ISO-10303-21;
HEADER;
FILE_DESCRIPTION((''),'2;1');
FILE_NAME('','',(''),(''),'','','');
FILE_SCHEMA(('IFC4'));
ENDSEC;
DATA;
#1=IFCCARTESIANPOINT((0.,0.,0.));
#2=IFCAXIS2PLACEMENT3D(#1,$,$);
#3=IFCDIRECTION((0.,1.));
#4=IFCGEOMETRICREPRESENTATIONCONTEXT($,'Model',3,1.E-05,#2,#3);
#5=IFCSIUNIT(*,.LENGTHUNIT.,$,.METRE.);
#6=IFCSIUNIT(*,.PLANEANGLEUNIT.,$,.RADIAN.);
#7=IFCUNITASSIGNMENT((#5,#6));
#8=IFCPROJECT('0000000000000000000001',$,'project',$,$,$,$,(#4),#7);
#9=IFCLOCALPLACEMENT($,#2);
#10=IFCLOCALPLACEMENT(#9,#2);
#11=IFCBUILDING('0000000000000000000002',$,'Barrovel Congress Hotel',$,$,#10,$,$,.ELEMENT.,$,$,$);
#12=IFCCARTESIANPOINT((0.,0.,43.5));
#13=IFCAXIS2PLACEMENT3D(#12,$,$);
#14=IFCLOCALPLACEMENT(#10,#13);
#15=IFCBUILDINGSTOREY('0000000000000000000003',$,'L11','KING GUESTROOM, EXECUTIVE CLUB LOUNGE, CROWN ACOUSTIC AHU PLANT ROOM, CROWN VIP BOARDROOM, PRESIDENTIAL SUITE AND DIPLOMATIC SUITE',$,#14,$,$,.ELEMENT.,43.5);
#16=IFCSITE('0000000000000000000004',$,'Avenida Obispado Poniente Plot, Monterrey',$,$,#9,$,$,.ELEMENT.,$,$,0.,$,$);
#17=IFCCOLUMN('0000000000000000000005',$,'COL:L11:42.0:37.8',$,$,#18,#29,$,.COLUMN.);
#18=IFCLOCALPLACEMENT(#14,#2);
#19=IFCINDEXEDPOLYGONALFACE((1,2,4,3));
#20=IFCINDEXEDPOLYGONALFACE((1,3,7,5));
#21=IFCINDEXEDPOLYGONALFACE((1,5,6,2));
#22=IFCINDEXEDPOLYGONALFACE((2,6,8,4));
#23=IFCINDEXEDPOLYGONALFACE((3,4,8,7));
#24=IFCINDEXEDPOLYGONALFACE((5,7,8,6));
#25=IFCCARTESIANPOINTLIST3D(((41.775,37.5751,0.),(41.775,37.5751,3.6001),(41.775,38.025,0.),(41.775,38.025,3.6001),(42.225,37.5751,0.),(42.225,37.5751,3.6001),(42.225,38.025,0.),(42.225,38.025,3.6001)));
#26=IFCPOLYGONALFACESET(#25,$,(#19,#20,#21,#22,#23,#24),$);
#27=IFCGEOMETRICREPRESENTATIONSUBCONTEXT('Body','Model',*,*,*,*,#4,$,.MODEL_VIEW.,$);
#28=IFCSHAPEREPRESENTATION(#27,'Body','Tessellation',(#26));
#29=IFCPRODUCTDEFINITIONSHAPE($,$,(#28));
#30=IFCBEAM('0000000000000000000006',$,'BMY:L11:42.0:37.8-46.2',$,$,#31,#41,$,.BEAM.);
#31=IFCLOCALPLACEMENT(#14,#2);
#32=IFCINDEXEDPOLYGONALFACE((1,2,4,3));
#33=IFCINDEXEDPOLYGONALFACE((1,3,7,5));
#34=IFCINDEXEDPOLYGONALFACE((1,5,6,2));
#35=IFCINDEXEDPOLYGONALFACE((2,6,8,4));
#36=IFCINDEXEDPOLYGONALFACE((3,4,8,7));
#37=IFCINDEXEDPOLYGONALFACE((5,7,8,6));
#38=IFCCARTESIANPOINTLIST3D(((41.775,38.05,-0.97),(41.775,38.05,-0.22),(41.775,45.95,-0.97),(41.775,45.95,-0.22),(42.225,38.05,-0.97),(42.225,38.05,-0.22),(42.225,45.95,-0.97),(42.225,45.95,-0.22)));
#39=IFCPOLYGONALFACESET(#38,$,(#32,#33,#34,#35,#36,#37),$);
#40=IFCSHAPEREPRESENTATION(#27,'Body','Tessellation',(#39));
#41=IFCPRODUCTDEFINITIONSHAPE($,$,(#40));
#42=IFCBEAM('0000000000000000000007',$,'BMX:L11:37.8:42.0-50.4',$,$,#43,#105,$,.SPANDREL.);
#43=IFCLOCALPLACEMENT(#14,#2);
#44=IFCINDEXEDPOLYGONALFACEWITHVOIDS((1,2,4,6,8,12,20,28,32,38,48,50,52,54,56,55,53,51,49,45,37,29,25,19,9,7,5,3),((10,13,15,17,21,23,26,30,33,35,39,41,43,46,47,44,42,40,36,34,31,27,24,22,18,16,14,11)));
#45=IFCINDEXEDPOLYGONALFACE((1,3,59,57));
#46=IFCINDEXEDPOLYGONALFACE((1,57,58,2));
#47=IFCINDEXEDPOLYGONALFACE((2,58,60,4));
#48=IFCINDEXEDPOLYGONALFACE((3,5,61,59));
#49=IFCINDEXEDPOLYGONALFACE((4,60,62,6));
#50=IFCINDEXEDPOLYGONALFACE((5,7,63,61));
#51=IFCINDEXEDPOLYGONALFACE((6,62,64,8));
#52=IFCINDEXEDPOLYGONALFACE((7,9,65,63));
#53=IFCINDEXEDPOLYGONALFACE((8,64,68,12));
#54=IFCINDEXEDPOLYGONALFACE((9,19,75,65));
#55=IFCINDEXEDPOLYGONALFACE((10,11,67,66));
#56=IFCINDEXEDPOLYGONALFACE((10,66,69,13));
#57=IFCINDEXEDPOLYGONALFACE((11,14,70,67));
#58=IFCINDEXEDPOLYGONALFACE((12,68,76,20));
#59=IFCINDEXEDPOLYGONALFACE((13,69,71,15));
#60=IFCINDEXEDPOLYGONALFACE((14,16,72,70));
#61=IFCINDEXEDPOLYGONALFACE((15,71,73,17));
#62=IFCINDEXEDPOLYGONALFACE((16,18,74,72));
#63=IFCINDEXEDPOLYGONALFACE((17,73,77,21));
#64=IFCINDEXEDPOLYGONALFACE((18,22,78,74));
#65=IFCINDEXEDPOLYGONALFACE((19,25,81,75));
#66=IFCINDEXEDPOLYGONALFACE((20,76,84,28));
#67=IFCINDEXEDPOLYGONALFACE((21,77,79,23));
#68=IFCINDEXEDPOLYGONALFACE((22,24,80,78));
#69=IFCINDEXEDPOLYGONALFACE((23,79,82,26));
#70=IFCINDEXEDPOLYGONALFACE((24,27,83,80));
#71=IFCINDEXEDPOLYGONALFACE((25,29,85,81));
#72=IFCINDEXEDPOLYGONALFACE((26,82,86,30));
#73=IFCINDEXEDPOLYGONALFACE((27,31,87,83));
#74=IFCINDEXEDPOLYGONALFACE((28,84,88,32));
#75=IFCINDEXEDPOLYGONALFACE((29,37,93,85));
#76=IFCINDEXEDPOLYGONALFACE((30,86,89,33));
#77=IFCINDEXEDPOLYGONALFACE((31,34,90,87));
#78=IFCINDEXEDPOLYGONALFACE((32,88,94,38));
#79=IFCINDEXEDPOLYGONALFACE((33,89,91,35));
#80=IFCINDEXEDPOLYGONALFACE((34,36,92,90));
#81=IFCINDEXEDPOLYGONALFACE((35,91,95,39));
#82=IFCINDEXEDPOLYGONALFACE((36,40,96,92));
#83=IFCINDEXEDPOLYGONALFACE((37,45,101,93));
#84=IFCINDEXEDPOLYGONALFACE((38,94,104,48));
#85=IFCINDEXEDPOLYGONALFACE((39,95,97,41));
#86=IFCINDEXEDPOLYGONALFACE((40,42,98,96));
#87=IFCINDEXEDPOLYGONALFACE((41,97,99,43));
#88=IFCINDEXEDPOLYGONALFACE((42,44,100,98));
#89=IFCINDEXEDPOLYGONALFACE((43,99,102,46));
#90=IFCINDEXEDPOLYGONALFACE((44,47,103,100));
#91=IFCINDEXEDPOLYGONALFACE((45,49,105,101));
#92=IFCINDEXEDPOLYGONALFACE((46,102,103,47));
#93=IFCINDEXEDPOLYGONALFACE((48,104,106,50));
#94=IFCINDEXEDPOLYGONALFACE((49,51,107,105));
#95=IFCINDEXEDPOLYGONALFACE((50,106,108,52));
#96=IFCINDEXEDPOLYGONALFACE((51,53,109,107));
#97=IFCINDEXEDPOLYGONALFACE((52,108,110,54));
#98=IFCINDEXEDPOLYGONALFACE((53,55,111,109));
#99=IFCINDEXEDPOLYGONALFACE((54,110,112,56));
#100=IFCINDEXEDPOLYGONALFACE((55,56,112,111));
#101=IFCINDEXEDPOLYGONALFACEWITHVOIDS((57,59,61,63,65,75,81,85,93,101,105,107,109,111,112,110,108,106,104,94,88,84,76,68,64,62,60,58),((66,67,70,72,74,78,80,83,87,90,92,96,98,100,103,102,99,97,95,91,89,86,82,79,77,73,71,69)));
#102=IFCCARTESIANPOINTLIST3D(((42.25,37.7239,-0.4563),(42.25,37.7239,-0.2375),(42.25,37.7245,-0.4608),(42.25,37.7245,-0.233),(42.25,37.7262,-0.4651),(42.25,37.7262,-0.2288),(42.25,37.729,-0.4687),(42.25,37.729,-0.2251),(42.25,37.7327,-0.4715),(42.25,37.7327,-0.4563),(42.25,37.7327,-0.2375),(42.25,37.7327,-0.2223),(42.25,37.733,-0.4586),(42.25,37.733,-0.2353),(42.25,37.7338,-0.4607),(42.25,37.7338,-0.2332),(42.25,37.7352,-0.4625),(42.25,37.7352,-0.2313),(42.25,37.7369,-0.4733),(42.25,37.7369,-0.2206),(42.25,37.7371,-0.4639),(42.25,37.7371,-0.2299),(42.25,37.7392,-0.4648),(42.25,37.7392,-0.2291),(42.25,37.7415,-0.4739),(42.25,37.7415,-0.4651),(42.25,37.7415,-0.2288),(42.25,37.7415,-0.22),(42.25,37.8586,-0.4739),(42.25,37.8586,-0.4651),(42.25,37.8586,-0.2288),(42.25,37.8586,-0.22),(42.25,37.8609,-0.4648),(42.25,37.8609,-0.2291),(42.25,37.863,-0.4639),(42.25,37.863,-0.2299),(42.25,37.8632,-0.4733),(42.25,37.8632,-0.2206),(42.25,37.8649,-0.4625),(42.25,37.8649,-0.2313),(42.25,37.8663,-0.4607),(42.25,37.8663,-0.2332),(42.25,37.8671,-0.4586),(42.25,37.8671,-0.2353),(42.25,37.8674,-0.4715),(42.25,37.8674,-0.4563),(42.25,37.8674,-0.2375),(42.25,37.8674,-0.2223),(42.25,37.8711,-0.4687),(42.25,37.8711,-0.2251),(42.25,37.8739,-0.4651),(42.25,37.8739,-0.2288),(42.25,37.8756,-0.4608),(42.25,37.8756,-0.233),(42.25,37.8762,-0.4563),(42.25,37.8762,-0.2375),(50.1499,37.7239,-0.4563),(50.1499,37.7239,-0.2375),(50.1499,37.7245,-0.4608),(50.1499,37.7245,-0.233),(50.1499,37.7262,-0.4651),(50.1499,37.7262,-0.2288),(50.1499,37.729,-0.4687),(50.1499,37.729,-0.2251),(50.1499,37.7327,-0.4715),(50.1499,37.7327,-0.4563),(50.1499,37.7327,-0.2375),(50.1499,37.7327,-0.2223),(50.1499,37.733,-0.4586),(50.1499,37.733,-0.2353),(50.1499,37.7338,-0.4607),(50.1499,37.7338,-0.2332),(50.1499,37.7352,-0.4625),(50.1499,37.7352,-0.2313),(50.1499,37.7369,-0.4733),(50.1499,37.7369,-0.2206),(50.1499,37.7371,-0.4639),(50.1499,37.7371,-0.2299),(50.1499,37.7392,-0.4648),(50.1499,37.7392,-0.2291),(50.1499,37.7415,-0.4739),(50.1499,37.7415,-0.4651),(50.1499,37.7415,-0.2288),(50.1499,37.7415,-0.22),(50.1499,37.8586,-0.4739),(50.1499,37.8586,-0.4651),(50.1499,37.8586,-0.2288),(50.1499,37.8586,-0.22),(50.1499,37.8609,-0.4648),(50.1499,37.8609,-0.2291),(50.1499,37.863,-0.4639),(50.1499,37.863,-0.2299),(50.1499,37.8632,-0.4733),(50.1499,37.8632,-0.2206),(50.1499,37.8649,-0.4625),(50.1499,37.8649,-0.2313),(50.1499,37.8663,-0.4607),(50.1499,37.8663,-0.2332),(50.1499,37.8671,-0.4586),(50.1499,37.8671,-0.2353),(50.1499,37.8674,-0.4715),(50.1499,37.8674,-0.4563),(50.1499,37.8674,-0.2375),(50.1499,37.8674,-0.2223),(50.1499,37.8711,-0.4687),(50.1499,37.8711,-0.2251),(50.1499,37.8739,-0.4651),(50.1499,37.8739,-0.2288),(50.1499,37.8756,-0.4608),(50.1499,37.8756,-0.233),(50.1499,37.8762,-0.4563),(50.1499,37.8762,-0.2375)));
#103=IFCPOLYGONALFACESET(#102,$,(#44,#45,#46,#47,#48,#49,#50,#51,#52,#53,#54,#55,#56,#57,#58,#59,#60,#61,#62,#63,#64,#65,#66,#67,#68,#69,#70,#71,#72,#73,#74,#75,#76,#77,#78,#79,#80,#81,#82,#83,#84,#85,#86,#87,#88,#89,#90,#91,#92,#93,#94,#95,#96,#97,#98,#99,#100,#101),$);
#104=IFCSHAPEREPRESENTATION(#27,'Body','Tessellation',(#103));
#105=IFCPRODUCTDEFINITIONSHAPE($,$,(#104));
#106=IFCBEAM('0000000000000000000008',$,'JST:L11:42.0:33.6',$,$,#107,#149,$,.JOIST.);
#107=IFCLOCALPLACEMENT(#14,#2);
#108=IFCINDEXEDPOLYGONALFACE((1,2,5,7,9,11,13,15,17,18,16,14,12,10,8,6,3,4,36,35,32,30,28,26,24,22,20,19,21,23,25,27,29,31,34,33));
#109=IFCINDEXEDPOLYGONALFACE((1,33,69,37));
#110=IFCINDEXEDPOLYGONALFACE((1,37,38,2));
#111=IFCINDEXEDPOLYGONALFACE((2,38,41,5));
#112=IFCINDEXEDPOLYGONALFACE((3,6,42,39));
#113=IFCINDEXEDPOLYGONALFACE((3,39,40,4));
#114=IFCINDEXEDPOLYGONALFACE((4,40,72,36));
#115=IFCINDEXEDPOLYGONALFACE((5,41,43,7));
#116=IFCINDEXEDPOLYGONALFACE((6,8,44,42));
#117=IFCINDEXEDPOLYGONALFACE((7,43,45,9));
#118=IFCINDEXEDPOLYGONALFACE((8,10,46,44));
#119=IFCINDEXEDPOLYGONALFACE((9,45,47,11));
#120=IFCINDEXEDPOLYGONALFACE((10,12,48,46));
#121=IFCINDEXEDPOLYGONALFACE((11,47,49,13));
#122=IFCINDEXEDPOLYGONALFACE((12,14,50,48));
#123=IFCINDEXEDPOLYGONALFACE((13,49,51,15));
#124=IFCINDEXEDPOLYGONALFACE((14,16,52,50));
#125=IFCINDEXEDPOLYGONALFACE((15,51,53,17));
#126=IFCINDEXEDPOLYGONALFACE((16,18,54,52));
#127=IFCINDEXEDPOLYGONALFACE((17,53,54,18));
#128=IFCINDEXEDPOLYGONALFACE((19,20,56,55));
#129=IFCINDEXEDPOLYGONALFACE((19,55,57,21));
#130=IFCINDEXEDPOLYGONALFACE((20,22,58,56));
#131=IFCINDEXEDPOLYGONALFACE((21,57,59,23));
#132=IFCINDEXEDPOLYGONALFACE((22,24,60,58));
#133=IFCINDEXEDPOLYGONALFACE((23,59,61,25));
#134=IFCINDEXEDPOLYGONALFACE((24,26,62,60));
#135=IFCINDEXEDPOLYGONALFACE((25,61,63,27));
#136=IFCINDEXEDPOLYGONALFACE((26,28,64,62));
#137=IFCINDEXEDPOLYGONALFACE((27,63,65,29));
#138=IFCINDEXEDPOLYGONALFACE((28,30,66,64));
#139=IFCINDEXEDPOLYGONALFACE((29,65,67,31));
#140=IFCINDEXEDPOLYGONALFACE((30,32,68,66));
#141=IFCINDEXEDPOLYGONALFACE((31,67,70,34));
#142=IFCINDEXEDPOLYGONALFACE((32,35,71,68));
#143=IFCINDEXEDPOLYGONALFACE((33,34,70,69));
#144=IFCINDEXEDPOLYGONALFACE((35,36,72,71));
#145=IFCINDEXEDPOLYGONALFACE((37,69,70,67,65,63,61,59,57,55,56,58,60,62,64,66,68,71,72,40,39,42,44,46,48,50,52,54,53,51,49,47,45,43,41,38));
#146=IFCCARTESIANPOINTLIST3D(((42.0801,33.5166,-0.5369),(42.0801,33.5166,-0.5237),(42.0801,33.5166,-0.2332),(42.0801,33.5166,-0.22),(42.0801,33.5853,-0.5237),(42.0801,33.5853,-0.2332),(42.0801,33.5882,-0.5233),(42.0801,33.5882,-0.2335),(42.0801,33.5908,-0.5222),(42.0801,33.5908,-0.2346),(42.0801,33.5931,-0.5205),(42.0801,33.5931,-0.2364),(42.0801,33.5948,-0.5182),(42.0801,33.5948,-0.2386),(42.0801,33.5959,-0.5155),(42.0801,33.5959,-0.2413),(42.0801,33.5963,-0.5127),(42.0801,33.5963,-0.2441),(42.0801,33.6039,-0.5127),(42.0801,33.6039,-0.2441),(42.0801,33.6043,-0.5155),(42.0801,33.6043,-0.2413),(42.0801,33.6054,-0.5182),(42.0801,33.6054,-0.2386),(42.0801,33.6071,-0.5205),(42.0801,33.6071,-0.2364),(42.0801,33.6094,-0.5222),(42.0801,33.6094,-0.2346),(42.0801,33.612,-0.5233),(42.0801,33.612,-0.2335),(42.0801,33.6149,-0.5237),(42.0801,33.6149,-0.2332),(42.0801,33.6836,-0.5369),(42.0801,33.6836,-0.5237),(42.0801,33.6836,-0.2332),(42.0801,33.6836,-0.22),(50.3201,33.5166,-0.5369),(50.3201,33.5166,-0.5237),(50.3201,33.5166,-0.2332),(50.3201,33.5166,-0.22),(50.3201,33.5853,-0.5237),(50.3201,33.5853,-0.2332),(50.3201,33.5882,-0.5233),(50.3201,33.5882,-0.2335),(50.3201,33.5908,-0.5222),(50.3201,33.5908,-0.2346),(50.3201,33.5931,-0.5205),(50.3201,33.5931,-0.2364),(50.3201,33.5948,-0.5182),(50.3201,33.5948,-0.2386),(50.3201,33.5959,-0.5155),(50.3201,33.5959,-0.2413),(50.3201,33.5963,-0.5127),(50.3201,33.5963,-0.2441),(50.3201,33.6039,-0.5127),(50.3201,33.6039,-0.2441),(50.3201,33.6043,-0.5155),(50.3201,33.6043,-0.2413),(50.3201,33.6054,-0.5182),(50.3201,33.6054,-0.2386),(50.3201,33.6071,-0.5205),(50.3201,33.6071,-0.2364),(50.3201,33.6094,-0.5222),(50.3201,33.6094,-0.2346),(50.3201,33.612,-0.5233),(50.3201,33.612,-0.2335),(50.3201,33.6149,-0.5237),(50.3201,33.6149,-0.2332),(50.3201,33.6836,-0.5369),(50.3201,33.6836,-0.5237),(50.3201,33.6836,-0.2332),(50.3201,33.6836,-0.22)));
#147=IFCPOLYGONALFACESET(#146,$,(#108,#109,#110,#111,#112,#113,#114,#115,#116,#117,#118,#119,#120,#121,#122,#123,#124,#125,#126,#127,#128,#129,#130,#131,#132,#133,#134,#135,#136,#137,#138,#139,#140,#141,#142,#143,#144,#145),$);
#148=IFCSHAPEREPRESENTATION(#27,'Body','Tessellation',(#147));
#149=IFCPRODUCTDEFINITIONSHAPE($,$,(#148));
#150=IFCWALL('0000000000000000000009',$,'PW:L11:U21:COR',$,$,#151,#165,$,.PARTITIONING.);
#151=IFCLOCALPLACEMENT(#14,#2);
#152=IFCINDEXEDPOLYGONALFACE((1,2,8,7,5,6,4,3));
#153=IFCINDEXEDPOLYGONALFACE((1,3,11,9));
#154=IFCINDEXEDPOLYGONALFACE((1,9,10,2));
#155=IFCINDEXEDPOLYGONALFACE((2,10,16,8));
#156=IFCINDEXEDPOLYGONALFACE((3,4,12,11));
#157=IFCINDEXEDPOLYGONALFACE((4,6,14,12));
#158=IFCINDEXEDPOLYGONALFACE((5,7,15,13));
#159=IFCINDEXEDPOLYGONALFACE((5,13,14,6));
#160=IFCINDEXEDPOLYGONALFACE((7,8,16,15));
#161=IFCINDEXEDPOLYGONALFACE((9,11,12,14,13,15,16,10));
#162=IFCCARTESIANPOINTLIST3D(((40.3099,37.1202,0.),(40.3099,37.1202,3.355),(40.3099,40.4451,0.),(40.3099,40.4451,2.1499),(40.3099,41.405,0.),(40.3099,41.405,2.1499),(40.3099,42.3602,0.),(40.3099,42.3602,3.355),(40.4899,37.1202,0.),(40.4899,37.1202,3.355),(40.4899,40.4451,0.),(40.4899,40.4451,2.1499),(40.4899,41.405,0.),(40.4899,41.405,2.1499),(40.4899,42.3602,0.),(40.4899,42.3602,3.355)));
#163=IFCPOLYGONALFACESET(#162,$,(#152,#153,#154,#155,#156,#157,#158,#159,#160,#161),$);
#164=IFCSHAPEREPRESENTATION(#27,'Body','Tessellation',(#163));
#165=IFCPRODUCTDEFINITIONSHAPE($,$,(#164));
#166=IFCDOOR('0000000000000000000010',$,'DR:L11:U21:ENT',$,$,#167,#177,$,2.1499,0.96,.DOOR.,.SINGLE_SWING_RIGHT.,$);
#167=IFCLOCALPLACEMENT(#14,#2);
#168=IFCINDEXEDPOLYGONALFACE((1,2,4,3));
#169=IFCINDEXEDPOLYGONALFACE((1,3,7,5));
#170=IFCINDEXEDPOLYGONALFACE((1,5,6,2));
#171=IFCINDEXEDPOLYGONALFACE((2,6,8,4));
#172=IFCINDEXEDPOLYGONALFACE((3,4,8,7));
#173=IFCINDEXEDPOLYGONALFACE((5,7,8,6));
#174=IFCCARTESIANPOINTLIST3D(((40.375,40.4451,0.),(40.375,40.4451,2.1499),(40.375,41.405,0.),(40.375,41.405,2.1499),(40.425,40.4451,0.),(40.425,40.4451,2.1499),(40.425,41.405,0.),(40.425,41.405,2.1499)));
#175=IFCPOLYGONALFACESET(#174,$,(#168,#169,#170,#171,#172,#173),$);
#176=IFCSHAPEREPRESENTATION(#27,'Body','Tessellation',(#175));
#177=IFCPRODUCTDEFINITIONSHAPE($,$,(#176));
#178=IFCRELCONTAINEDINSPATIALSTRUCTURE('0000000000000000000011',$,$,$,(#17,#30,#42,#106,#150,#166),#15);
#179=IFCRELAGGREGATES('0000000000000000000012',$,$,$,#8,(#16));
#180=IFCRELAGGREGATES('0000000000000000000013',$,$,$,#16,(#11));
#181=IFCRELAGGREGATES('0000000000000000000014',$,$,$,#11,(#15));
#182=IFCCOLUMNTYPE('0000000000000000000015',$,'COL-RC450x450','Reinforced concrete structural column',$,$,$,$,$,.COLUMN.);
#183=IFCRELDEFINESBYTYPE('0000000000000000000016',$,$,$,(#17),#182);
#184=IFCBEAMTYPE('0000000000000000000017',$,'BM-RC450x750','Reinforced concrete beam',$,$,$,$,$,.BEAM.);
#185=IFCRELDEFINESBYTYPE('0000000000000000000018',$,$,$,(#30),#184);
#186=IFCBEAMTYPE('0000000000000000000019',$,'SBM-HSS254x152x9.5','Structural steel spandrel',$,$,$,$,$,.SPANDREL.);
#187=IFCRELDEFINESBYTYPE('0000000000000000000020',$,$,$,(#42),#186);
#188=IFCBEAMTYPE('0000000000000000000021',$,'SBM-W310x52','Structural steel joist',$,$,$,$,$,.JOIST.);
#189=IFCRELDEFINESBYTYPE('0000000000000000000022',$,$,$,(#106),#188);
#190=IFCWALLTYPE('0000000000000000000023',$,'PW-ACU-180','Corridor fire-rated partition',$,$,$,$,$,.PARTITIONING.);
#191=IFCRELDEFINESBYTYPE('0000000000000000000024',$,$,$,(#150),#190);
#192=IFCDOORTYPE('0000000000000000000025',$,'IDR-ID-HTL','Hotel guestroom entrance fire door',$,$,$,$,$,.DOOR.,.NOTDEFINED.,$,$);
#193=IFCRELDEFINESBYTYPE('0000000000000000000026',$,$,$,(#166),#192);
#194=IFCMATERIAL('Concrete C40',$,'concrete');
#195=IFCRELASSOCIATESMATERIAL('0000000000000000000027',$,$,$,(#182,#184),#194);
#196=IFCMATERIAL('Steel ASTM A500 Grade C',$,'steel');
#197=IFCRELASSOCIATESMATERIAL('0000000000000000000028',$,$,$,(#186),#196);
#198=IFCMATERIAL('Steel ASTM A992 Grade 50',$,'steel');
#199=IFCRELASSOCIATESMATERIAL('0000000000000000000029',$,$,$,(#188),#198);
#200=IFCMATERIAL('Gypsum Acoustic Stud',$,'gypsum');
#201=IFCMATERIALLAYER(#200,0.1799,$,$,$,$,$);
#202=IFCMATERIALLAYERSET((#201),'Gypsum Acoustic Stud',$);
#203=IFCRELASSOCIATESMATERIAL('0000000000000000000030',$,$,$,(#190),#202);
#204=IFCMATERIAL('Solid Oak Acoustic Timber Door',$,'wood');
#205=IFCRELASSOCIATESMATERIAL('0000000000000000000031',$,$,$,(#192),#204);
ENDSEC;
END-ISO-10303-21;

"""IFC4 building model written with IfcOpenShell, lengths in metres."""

from ifc_helpers import new_model, si_unit, direction, frame, frame_2d, origin, origin_2d, place, context, subcontext, project, spatial, rectangle, hollow_rectangle, i_section, extrude, material, layer, layer_set, material_profile, profile_set, type_object, element, fill, save


model = new_model("IFC4")

# Units and contexts
model_context = context("Model", 3, precision=1e-05, world=origin(), true_north=direction((0.0, 1.0)))
body_context = subcontext(model_context, "Body", "Model", "MODEL_VIEW")
ifc_project = project(units=[si_unit("LENGTHUNIT", "METRE"), si_unit("PLANEANGLEUNIT", "RADIAN")], contexts=[model_context])

# Site, building, storey
site_placement = place(None, origin())
site = spatial("IfcSite", under=ifc_project, at=site_placement, Name="Avenida Obispado Poniente Plot, Monterrey", CompositionType="ELEMENT", RefElevation=0.0)
building_placement = place(site_placement, origin())
building = spatial("IfcBuilding", under=site, at=building_placement, Name="Barrovel Congress Hotel", CompositionType="ELEMENT")
storey_placement = place(building_placement, frame((0.0, 0.0, 43.5)))
storey = spatial("IfcBuildingStorey", under=building, at=storey_placement, Name="L11", Description="KING GUESTROOM, EXECUTIVE CLUB LOUNGE, CROWN ACOUSTIC AHU PLANT ROOM, CROWN VIP BOARDROOM, PRESIDENTIAL SUITE AND DIPLOMATIC SUITE", CompositionType="ELEMENT", Elevation=43.5)

# Column
ifc_material_1 = material(Name="Concrete C40", Category="concrete")
ifc_material_profile_1 = material_profile(ifc_material_1, rectangle(XDim=0.45, YDim=0.45, at=origin_2d()), Name="RC450x450")
ifc_profile_set_1 = profile_set([ifc_material_profile_1], Name="Concrete C40")
column_type = type_object("IfcColumnType", Name="COL-RC450x450", Description="Reinforced concrete structural column", PredefinedType="COLUMN", material=ifc_profile_set_1)
column_placement = place(storey_placement, frame((42.0, 37.8, 0.0), z_axis=(0.0, 0.0, 1.0), x_axis=(1.0, 0.0, 0.0)))
element("IfcColumn", 1, at=column_placement, inside=storey, type_object=column_type, Name="COL:L11:42.0:37.8", PredefinedType="COLUMN", context=body_context, shape_type="SweptSolid", body=[
    extrude(rectangle(XDim=0.45, YDim=0.45, at=origin_2d()), origin(), (0.0, 0.0, 1.0), 3.6001),
])

# Beams
ifc_material_profile_2 = material_profile(ifc_material_1, rectangle(XDim=0.45, YDim=0.75, at=origin_2d()), Name="RC450x750")
ifc_profile_set_2 = profile_set([ifc_material_profile_2], Name="Concrete C40")
beam_type_1 = type_object("IfcBeamType", Name="BM-RC450x750", Description="Reinforced concrete beam", PredefinedType="BEAM", material=ifc_profile_set_2)
beam_1_placement = place(storey_placement, frame((42.0, 38.05, -0.595), z_axis=(0.0, 1.0, 0.0), x_axis=(-1.0, 0.0, 0.0)))
element("IfcBeam", 2, at=beam_1_placement, inside=storey, type_object=beam_type_1, Name="BMY:L11:42.0:37.8-46.2", PredefinedType="BEAM", context=body_context, shape_type="SweptSolid", body=[
    extrude(rectangle(XDim=0.45, YDim=0.75, at=origin_2d()), origin(), (0.0, 0.0, 1.0), 7.8999),
])
ifc_material_2 = material(Name="Steel ASTM A500 Grade C", Category="steel")
ifc_material_profile_3 = material_profile(ifc_material_2, hollow_rectangle(XDim=0.1523, YDim=0.2539, WallThickness=0.0088, InnerFilletRadius=0.0088, OuterFilletRadius=0.0176, at=origin_2d()), Name="HSS254x152x9.5")
ifc_profile_set_3 = profile_set([ifc_material_profile_3], Name="Steel ASTM A500 Grade C")
beam_type_2 = type_object("IfcBeamType", Name="SBM-HSS254x152x9.5", Description="Structural steel spandrel", PredefinedType="SPANDREL", material=ifc_profile_set_3)
beam_2_placement = place(storey_placement, frame((42.25, 37.8, -0.3469), z_axis=(1.0, 0.0, 0.0), x_axis=(0.0, 1.0, 0.0)))
element("IfcBeam", 3, at=beam_2_placement, inside=storey, type_object=beam_type_2, Name="BMX:L11:37.8:42.0-50.4", PredefinedType="SPANDREL", context=body_context, shape_type="SweptSolid", body=[
    extrude(hollow_rectangle(XDim=0.1523, YDim=0.2539, WallThickness=0.0088, InnerFilletRadius=0.0088, OuterFilletRadius=0.0176, at=origin_2d()), origin(), (0.0, 0.0, 1.0), 7.8999),
])
ifc_material_3 = material(Name="Steel ASTM A992 Grade 50", Category="steel")
ifc_material_profile_4 = material_profile(ifc_material_3, i_section(OverallWidth=0.167, OverallDepth=0.3169, WebThickness=0.0076, FlangeThickness=0.0132, FilletRadius=0.011, at=origin_2d()), Name="W310x52")
ifc_profile_set_4 = profile_set([ifc_material_profile_4], Name="Steel ASTM A992 Grade 50")
beam_type_3 = type_object("IfcBeamType", Name="SBM-W310x52", Description="Structural steel joist", PredefinedType="JOIST", material=ifc_profile_set_4)
beam_3_placement = place(storey_placement, frame((42.0801, 33.6001, -0.3784), z_axis=(1.0, 0.0, 0.0), x_axis=(0.0, 1.0, 0.0)))
element("IfcBeam", 4, at=beam_3_placement, inside=storey, type_object=beam_type_3, Name="JST:L11:42.0:33.6", PredefinedType="JOIST", context=body_context, shape_type="SweptSolid", body=[
    extrude(i_section(OverallWidth=0.167, OverallDepth=0.3169, WebThickness=0.0076, FlangeThickness=0.0132, FilletRadius=0.011, at=origin_2d()), origin(), (0.0, 0.0, 1.0), 8.24),
])

# Wall, opening, door
ifc_material_4 = material(Name="Gypsum Acoustic Stud", Category="gypsum")
ifc_layer_1 = layer(ifc_material_4, 0.1799)
ifc_layer_set_1 = layer_set([ifc_layer_1], Name="Gypsum Acoustic Stud")
wall_type_1 = type_object("IfcWallType", Name="PW-ACU-180", Description="Corridor fire-rated partition", PredefinedType="PARTITIONING", material=ifc_layer_set_1)
wall_1_placement = place(storey_placement, frame((40.3999, 37.1201, 0.0), z_axis=(0.0, 0.0, 1.0), x_axis=(0.0, 1.0, 0.0)))
wall_1 = element("IfcWall", 5, at=wall_1_placement, inside=storey, type_object=wall_type_1, Name="PW:L11:U21:COR", PredefinedType="PARTITIONING", context=body_context, shape_type="SweptSolid", body=[
    extrude(rectangle(XDim=5.24, YDim=0.1799, at=frame_2d((2.6201, 0.0))), origin(), (0.0, 0.0, 1.0), 3.355),
])
opening_1_placement = place(wall_1_placement, frame((3.325, 0.0, 0.0)))
opening_1 = element("IfcOpeningElement", 6, at=opening_1_placement, cuts=wall_1, PredefinedType="OPENING", context=body_context, shape_type="SweptSolid", body=[
    extrude(rectangle(XDim=0.96, YDim=2.1499, at=frame_2d((0.48, 1.075))), frame((0.0, 0.1001, 0.0), z_axis=(0.0, -1.0, 0.0), x_axis=(1.0, 0.0, 0.0)), (0.0, 0.0, 1.0), 0.2),
])
ifc_material_5 = material(Name="Solid Oak Acoustic Timber Door", Category="wood")
door_type_1 = type_object("IfcDoorType", Name="IDR-ID-HTL", Description="Hotel guestroom entrance fire door", OperationType="NOTDEFINED", PredefinedType="DOOR", material=ifc_material_5)
door_1_placement = place(opening_1_placement, origin())
door_1 = element("IfcDoor", 7, at=door_1_placement, inside=storey, type_object=door_type_1, Name="DR:L11:U21:ENT", OperationType="SINGLE_SWING_RIGHT", OverallHeight=2.1499, OverallWidth=0.96, PredefinedType="DOOR", context=body_context, shape_type="SweptSolid", body=[
    extrude(rectangle(XDim=0.96, YDim=2.1499, at=frame_2d((0.48, 1.075))), frame((0.0, 0.0249, 0.0), z_axis=(0.0, -1.0, 0.0), x_axis=(1.0, 0.0, 0.0)), (0.0, 0.0, 1.0), 0.05),
])
fill(opening_1, door_1)

save(model, "model.ifc")
